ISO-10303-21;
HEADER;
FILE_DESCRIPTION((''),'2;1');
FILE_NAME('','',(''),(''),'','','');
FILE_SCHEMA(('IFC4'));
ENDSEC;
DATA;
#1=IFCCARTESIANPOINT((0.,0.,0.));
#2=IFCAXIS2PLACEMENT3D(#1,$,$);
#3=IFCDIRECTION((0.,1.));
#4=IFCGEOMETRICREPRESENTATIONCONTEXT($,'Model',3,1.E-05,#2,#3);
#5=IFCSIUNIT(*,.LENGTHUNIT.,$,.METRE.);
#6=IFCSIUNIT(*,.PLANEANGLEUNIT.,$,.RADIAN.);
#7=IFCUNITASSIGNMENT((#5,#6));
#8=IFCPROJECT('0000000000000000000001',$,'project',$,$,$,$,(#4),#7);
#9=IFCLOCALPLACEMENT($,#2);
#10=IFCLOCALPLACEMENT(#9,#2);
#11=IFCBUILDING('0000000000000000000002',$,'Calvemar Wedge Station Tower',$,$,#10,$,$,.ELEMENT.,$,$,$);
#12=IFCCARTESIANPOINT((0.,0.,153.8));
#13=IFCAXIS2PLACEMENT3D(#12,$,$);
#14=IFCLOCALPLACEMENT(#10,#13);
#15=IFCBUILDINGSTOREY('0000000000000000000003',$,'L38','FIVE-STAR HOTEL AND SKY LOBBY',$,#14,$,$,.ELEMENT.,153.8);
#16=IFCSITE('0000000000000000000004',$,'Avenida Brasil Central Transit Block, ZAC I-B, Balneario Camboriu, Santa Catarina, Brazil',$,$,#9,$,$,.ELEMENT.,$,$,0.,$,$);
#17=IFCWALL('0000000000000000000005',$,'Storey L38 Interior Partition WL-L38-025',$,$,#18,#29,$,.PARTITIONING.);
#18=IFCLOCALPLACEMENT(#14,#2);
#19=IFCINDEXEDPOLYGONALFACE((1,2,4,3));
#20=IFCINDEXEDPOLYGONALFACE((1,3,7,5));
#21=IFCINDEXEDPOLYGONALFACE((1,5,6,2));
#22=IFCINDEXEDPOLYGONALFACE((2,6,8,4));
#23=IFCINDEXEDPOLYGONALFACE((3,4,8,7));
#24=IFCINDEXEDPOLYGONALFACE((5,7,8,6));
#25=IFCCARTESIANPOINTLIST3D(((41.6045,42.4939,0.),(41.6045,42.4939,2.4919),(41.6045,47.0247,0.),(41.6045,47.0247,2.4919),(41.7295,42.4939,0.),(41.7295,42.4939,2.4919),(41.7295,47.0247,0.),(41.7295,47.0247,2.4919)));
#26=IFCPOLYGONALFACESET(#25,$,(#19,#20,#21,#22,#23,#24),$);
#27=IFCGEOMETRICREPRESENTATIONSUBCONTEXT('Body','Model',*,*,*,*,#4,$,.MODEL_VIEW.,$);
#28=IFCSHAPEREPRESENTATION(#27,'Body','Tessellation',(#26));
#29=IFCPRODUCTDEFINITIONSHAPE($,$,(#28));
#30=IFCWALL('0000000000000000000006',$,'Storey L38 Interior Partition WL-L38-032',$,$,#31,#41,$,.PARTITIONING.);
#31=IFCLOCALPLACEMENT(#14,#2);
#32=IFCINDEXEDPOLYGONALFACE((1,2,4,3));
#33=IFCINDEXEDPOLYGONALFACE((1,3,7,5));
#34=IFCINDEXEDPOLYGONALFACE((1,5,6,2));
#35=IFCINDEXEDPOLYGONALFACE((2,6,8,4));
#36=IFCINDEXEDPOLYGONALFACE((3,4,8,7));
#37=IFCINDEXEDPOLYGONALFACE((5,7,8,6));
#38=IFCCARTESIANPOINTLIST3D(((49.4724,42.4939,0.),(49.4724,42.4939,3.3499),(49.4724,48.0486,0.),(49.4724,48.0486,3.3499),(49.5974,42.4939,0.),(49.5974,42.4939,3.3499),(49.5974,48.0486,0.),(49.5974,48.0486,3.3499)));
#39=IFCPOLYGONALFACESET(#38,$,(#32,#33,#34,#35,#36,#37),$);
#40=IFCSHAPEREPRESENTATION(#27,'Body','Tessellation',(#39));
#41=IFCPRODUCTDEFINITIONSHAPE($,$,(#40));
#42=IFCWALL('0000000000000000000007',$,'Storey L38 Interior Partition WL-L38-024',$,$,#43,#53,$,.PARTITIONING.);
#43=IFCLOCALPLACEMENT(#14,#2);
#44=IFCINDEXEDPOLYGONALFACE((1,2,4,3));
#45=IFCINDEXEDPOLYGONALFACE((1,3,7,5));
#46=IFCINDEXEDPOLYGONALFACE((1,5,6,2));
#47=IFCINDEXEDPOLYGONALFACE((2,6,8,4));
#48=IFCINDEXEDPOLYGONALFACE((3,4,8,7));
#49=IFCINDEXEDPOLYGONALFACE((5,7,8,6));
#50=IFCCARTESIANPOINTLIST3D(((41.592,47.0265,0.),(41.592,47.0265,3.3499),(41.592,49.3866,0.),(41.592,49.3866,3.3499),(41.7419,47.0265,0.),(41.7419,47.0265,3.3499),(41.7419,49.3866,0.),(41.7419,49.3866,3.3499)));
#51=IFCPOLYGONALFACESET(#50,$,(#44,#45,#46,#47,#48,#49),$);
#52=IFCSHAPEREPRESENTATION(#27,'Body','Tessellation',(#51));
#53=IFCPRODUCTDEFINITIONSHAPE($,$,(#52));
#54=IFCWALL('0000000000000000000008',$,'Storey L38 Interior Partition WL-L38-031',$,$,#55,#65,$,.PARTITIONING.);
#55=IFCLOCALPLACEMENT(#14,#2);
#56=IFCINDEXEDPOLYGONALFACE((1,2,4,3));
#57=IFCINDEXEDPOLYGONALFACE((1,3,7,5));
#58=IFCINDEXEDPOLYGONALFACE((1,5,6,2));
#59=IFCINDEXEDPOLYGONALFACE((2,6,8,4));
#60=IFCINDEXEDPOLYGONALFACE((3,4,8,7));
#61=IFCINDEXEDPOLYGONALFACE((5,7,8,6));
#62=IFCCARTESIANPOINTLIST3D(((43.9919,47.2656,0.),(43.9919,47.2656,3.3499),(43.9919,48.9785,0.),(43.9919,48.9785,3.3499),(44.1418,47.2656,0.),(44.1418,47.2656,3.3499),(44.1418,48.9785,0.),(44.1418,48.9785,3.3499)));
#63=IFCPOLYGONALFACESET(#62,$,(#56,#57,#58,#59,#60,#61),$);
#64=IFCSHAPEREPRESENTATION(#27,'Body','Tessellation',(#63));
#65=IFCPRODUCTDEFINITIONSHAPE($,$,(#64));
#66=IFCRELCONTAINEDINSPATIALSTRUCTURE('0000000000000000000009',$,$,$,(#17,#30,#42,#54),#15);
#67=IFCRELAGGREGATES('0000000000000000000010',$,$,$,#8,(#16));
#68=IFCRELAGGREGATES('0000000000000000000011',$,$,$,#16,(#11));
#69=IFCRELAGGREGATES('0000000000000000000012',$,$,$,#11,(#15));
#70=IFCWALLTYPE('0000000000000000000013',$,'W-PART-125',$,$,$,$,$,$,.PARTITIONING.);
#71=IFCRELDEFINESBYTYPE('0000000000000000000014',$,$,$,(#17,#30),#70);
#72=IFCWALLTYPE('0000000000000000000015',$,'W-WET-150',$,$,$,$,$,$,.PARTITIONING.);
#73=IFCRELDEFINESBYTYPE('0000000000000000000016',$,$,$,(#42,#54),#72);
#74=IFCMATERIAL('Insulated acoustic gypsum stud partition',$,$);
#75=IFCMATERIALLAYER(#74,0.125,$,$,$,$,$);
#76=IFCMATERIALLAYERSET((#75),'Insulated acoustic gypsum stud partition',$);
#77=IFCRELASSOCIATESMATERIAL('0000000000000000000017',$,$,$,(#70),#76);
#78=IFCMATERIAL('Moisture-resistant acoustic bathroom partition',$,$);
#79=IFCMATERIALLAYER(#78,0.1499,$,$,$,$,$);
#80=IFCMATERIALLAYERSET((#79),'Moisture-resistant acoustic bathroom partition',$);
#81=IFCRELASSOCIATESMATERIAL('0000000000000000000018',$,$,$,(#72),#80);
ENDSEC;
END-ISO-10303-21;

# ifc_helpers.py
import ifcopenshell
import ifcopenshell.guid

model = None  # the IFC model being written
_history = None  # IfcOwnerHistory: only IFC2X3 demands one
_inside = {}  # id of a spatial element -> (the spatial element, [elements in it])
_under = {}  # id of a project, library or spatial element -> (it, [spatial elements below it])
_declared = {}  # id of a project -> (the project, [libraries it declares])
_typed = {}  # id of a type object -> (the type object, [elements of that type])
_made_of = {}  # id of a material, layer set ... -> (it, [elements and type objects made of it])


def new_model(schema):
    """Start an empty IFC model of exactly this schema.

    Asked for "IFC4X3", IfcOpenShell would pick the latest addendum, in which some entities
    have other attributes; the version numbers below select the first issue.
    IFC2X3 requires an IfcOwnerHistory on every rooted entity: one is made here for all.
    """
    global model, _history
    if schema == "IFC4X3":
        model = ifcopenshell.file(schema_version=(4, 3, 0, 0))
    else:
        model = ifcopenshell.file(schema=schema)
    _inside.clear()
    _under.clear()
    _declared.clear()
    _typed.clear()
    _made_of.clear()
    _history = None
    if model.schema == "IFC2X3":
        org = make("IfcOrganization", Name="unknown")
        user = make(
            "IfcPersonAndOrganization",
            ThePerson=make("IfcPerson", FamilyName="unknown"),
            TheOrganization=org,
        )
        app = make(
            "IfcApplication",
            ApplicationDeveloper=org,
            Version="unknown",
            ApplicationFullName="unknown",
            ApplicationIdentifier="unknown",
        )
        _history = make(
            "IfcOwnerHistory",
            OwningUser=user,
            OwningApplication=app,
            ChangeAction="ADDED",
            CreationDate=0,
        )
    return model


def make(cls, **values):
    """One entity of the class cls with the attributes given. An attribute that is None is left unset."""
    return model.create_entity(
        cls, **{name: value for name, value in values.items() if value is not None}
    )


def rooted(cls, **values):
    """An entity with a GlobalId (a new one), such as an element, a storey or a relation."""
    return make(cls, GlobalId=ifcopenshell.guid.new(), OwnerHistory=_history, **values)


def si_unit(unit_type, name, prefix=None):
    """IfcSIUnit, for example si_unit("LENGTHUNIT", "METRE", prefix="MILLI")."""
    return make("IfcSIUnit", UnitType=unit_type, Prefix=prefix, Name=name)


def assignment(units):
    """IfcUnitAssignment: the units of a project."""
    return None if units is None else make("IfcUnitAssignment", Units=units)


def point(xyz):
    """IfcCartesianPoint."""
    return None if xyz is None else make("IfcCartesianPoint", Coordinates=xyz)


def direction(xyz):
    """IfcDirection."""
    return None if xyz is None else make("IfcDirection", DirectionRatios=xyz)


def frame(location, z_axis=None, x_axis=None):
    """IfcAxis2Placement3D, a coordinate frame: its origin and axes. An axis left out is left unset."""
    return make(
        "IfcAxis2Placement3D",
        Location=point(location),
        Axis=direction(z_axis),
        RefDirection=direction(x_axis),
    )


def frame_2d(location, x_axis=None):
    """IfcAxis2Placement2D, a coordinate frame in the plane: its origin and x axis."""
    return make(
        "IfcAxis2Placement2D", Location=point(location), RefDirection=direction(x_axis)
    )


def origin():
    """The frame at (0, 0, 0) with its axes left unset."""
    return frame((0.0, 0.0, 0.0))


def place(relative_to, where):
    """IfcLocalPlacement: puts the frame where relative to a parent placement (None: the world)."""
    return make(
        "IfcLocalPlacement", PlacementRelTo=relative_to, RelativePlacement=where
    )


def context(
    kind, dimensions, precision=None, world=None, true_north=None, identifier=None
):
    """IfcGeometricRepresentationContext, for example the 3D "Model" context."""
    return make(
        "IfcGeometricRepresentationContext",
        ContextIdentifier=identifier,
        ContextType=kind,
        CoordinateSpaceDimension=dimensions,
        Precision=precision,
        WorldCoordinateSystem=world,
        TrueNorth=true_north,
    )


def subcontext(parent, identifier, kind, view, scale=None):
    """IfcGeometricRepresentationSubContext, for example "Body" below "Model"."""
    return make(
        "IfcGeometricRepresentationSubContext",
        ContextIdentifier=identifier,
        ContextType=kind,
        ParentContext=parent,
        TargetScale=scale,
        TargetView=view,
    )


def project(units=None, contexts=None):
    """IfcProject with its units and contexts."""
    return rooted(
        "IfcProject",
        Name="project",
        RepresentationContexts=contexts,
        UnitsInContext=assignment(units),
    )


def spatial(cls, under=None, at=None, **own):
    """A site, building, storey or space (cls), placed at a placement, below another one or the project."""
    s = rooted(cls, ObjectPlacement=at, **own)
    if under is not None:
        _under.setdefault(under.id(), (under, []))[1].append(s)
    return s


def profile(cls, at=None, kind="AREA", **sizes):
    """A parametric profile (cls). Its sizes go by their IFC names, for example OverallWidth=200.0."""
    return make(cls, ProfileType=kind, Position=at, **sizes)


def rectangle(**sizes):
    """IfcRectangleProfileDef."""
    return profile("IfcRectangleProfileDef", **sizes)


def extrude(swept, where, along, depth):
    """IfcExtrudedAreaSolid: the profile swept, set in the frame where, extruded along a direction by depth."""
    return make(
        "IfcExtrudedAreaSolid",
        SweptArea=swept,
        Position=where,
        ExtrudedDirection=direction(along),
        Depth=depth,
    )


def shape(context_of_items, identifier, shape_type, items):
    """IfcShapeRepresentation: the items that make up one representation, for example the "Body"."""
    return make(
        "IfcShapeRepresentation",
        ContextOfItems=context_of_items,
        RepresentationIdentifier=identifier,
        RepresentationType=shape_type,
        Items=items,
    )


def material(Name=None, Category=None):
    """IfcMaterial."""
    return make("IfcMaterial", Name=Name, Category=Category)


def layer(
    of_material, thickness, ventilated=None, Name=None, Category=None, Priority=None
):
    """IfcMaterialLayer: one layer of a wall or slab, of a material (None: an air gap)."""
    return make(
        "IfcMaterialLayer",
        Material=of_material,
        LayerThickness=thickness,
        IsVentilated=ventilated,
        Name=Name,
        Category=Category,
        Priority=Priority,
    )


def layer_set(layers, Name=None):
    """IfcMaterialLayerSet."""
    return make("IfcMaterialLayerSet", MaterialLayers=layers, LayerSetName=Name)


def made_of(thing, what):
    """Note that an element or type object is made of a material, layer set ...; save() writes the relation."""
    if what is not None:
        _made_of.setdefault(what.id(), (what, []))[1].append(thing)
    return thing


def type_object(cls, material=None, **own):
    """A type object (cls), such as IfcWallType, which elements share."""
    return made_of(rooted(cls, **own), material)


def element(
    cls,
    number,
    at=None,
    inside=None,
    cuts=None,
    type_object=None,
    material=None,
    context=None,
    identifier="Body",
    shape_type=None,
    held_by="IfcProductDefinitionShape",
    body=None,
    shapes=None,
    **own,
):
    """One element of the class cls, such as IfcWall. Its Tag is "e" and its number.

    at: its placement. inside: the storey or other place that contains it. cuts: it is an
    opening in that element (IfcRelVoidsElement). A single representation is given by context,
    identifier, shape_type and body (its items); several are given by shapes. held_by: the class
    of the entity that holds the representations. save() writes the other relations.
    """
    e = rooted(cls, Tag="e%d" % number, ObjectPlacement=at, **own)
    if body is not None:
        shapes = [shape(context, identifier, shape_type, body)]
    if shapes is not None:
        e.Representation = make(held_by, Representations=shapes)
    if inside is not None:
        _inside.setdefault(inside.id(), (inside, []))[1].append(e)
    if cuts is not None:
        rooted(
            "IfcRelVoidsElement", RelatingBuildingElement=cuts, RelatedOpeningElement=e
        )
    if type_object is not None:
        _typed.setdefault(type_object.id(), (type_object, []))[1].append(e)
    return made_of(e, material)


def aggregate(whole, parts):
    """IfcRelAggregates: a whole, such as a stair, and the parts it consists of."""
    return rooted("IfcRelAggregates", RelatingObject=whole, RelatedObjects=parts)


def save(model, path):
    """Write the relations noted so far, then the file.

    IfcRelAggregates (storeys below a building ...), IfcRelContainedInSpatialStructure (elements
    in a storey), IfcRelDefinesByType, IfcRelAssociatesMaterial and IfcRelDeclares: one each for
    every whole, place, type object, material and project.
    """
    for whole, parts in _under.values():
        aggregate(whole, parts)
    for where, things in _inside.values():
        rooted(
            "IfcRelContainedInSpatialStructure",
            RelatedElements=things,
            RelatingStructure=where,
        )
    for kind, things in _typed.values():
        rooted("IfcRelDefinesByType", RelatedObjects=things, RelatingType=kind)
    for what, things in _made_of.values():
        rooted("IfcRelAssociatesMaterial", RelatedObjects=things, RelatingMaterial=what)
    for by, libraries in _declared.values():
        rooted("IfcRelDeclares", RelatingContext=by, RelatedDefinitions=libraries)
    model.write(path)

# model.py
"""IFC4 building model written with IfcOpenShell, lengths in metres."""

from ifc_helpers import new_model, si_unit, direction, frame, frame_2d, origin, place, context, subcontext, project, spatial, rectangle, extrude, material, layer, layer_set, type_object, element, save


model = new_model("IFC4")

# Units and contexts
model_context = context("Model", 3, precision=1e-05, world=origin(), true_north=direction((0.0, 1.0)))
body_context = subcontext(model_context, "Body", "Model", "MODEL_VIEW")
ifc_project = project(units=[si_unit("LENGTHUNIT", "METRE"), si_unit("PLANEANGLEUNIT", "RADIAN")], contexts=[model_context])

# Site, building, storey
site_placement = place(None, origin())
site = spatial("IfcSite", under=ifc_project, at=site_placement, Name="Avenida Brasil Central Transit Block, ZAC I-B, Balneario Camboriu, Santa Catarina, Brazil", CompositionType="ELEMENT", RefElevation=0.0)
building_placement = place(site_placement, origin())
building = spatial("IfcBuilding", under=site, at=building_placement, Name="Calvemar Wedge Station Tower", CompositionType="ELEMENT")
storey_placement = place(building_placement, frame((0.0, 0.0, 153.8)))
storey = spatial("IfcBuildingStorey", under=building, at=storey_placement, Name="L38", Description="FIVE-STAR HOTEL AND SKY LOBBY", CompositionType="ELEMENT", Elevation=153.8)

# Walls
ifc_material_1 = material(Name="Insulated acoustic gypsum stud partition")
ifc_layer_1 = layer(ifc_material_1, 0.125)
ifc_layer_set_1 = layer_set([ifc_layer_1], Name="Insulated acoustic gypsum stud partition")
wall_type_1 = type_object("IfcWallType", Name="W-PART-125", PredefinedType="PARTITIONING", material=ifc_layer_set_1)
wall_1_placement = place(storey_placement, frame((41.667, 47.0247, 0.0), z_axis=(0.0, 0.0, 1.0), x_axis=(0.0, -1.0, 0.0)))
element("IfcWall", 1, at=wall_1_placement, inside=storey, type_object=wall_type_1, Name="Storey L38 Interior Partition WL-L38-025", PredefinedType="PARTITIONING", context=body_context, shape_type="SweptSolid", body=[
    extrude(rectangle(XDim=4.5308, YDim=0.125, at=frame_2d((2.2654, 0.0))), origin(), (0.0, 0.0, 1.0), 2.4919),
])
wall_2_placement = place(storey_placement, frame((49.5349, 48.0486, 0.0), z_axis=(0.0, 0.0, 1.0), x_axis=(0.0, -1.0, 0.0)))
element("IfcWall", 2, at=wall_2_placement, inside=storey, type_object=wall_type_1, Name="Storey L38 Interior Partition WL-L38-032", PredefinedType="PARTITIONING", context=body_context, shape_type="SweptSolid", body=[
    extrude(rectangle(XDim=5.5547, YDim=0.125, at=frame_2d((2.7773, 0.0))), origin(), (0.0, 0.0, 1.0), 3.3499),
])
ifc_material_2 = material(Name="Moisture-resistant acoustic bathroom partition")
ifc_layer_2 = layer(ifc_material_2, 0.1499)
ifc_layer_set_2 = layer_set([ifc_layer_2], Name="Moisture-resistant acoustic bathroom partition")
wall_type_2 = type_object("IfcWallType", Name="W-WET-150", PredefinedType="PARTITIONING", material=ifc_layer_set_2)
wall_3_placement = place(storey_placement, frame((41.667, 49.3867, 0.0), z_axis=(0.0, 0.0, 1.0), x_axis=(0.0, -1.0, 0.0)))
element("IfcWall", 3, at=wall_3_placement, inside=storey, type_object=wall_type_2, Name="Storey L38 Interior Partition WL-L38-024", PredefinedType="PARTITIONING", context=body_context, shape_type="SweptSolid", body=[
    extrude(rectangle(XDim=2.3601, YDim=0.1499, at=frame_2d((1.1802, 0.0))), origin(), (0.0, 0.0, 1.0), 3.3499),
])

# Wall
wall_4_placement = place(storey_placement, frame((44.0669, 48.9785, 0.0), z_axis=(0.0, 0.0, 1.0), x_axis=(0.0, -1.0, 0.0)))
element("IfcWall", 4, at=wall_4_placement, inside=storey, type_object=wall_type_2, Name="Storey L38 Interior Partition WL-L38-031", PredefinedType="PARTITIONING", context=body_context, shape_type="SweptSolid", body=[
    extrude(rectangle(XDim=1.7129, YDim=0.1499, at=frame_2d((0.8564, 0.0))), origin(), (0.0, 0.0, 1.0), 3.3499),
])

save(model, "model.ifc")
